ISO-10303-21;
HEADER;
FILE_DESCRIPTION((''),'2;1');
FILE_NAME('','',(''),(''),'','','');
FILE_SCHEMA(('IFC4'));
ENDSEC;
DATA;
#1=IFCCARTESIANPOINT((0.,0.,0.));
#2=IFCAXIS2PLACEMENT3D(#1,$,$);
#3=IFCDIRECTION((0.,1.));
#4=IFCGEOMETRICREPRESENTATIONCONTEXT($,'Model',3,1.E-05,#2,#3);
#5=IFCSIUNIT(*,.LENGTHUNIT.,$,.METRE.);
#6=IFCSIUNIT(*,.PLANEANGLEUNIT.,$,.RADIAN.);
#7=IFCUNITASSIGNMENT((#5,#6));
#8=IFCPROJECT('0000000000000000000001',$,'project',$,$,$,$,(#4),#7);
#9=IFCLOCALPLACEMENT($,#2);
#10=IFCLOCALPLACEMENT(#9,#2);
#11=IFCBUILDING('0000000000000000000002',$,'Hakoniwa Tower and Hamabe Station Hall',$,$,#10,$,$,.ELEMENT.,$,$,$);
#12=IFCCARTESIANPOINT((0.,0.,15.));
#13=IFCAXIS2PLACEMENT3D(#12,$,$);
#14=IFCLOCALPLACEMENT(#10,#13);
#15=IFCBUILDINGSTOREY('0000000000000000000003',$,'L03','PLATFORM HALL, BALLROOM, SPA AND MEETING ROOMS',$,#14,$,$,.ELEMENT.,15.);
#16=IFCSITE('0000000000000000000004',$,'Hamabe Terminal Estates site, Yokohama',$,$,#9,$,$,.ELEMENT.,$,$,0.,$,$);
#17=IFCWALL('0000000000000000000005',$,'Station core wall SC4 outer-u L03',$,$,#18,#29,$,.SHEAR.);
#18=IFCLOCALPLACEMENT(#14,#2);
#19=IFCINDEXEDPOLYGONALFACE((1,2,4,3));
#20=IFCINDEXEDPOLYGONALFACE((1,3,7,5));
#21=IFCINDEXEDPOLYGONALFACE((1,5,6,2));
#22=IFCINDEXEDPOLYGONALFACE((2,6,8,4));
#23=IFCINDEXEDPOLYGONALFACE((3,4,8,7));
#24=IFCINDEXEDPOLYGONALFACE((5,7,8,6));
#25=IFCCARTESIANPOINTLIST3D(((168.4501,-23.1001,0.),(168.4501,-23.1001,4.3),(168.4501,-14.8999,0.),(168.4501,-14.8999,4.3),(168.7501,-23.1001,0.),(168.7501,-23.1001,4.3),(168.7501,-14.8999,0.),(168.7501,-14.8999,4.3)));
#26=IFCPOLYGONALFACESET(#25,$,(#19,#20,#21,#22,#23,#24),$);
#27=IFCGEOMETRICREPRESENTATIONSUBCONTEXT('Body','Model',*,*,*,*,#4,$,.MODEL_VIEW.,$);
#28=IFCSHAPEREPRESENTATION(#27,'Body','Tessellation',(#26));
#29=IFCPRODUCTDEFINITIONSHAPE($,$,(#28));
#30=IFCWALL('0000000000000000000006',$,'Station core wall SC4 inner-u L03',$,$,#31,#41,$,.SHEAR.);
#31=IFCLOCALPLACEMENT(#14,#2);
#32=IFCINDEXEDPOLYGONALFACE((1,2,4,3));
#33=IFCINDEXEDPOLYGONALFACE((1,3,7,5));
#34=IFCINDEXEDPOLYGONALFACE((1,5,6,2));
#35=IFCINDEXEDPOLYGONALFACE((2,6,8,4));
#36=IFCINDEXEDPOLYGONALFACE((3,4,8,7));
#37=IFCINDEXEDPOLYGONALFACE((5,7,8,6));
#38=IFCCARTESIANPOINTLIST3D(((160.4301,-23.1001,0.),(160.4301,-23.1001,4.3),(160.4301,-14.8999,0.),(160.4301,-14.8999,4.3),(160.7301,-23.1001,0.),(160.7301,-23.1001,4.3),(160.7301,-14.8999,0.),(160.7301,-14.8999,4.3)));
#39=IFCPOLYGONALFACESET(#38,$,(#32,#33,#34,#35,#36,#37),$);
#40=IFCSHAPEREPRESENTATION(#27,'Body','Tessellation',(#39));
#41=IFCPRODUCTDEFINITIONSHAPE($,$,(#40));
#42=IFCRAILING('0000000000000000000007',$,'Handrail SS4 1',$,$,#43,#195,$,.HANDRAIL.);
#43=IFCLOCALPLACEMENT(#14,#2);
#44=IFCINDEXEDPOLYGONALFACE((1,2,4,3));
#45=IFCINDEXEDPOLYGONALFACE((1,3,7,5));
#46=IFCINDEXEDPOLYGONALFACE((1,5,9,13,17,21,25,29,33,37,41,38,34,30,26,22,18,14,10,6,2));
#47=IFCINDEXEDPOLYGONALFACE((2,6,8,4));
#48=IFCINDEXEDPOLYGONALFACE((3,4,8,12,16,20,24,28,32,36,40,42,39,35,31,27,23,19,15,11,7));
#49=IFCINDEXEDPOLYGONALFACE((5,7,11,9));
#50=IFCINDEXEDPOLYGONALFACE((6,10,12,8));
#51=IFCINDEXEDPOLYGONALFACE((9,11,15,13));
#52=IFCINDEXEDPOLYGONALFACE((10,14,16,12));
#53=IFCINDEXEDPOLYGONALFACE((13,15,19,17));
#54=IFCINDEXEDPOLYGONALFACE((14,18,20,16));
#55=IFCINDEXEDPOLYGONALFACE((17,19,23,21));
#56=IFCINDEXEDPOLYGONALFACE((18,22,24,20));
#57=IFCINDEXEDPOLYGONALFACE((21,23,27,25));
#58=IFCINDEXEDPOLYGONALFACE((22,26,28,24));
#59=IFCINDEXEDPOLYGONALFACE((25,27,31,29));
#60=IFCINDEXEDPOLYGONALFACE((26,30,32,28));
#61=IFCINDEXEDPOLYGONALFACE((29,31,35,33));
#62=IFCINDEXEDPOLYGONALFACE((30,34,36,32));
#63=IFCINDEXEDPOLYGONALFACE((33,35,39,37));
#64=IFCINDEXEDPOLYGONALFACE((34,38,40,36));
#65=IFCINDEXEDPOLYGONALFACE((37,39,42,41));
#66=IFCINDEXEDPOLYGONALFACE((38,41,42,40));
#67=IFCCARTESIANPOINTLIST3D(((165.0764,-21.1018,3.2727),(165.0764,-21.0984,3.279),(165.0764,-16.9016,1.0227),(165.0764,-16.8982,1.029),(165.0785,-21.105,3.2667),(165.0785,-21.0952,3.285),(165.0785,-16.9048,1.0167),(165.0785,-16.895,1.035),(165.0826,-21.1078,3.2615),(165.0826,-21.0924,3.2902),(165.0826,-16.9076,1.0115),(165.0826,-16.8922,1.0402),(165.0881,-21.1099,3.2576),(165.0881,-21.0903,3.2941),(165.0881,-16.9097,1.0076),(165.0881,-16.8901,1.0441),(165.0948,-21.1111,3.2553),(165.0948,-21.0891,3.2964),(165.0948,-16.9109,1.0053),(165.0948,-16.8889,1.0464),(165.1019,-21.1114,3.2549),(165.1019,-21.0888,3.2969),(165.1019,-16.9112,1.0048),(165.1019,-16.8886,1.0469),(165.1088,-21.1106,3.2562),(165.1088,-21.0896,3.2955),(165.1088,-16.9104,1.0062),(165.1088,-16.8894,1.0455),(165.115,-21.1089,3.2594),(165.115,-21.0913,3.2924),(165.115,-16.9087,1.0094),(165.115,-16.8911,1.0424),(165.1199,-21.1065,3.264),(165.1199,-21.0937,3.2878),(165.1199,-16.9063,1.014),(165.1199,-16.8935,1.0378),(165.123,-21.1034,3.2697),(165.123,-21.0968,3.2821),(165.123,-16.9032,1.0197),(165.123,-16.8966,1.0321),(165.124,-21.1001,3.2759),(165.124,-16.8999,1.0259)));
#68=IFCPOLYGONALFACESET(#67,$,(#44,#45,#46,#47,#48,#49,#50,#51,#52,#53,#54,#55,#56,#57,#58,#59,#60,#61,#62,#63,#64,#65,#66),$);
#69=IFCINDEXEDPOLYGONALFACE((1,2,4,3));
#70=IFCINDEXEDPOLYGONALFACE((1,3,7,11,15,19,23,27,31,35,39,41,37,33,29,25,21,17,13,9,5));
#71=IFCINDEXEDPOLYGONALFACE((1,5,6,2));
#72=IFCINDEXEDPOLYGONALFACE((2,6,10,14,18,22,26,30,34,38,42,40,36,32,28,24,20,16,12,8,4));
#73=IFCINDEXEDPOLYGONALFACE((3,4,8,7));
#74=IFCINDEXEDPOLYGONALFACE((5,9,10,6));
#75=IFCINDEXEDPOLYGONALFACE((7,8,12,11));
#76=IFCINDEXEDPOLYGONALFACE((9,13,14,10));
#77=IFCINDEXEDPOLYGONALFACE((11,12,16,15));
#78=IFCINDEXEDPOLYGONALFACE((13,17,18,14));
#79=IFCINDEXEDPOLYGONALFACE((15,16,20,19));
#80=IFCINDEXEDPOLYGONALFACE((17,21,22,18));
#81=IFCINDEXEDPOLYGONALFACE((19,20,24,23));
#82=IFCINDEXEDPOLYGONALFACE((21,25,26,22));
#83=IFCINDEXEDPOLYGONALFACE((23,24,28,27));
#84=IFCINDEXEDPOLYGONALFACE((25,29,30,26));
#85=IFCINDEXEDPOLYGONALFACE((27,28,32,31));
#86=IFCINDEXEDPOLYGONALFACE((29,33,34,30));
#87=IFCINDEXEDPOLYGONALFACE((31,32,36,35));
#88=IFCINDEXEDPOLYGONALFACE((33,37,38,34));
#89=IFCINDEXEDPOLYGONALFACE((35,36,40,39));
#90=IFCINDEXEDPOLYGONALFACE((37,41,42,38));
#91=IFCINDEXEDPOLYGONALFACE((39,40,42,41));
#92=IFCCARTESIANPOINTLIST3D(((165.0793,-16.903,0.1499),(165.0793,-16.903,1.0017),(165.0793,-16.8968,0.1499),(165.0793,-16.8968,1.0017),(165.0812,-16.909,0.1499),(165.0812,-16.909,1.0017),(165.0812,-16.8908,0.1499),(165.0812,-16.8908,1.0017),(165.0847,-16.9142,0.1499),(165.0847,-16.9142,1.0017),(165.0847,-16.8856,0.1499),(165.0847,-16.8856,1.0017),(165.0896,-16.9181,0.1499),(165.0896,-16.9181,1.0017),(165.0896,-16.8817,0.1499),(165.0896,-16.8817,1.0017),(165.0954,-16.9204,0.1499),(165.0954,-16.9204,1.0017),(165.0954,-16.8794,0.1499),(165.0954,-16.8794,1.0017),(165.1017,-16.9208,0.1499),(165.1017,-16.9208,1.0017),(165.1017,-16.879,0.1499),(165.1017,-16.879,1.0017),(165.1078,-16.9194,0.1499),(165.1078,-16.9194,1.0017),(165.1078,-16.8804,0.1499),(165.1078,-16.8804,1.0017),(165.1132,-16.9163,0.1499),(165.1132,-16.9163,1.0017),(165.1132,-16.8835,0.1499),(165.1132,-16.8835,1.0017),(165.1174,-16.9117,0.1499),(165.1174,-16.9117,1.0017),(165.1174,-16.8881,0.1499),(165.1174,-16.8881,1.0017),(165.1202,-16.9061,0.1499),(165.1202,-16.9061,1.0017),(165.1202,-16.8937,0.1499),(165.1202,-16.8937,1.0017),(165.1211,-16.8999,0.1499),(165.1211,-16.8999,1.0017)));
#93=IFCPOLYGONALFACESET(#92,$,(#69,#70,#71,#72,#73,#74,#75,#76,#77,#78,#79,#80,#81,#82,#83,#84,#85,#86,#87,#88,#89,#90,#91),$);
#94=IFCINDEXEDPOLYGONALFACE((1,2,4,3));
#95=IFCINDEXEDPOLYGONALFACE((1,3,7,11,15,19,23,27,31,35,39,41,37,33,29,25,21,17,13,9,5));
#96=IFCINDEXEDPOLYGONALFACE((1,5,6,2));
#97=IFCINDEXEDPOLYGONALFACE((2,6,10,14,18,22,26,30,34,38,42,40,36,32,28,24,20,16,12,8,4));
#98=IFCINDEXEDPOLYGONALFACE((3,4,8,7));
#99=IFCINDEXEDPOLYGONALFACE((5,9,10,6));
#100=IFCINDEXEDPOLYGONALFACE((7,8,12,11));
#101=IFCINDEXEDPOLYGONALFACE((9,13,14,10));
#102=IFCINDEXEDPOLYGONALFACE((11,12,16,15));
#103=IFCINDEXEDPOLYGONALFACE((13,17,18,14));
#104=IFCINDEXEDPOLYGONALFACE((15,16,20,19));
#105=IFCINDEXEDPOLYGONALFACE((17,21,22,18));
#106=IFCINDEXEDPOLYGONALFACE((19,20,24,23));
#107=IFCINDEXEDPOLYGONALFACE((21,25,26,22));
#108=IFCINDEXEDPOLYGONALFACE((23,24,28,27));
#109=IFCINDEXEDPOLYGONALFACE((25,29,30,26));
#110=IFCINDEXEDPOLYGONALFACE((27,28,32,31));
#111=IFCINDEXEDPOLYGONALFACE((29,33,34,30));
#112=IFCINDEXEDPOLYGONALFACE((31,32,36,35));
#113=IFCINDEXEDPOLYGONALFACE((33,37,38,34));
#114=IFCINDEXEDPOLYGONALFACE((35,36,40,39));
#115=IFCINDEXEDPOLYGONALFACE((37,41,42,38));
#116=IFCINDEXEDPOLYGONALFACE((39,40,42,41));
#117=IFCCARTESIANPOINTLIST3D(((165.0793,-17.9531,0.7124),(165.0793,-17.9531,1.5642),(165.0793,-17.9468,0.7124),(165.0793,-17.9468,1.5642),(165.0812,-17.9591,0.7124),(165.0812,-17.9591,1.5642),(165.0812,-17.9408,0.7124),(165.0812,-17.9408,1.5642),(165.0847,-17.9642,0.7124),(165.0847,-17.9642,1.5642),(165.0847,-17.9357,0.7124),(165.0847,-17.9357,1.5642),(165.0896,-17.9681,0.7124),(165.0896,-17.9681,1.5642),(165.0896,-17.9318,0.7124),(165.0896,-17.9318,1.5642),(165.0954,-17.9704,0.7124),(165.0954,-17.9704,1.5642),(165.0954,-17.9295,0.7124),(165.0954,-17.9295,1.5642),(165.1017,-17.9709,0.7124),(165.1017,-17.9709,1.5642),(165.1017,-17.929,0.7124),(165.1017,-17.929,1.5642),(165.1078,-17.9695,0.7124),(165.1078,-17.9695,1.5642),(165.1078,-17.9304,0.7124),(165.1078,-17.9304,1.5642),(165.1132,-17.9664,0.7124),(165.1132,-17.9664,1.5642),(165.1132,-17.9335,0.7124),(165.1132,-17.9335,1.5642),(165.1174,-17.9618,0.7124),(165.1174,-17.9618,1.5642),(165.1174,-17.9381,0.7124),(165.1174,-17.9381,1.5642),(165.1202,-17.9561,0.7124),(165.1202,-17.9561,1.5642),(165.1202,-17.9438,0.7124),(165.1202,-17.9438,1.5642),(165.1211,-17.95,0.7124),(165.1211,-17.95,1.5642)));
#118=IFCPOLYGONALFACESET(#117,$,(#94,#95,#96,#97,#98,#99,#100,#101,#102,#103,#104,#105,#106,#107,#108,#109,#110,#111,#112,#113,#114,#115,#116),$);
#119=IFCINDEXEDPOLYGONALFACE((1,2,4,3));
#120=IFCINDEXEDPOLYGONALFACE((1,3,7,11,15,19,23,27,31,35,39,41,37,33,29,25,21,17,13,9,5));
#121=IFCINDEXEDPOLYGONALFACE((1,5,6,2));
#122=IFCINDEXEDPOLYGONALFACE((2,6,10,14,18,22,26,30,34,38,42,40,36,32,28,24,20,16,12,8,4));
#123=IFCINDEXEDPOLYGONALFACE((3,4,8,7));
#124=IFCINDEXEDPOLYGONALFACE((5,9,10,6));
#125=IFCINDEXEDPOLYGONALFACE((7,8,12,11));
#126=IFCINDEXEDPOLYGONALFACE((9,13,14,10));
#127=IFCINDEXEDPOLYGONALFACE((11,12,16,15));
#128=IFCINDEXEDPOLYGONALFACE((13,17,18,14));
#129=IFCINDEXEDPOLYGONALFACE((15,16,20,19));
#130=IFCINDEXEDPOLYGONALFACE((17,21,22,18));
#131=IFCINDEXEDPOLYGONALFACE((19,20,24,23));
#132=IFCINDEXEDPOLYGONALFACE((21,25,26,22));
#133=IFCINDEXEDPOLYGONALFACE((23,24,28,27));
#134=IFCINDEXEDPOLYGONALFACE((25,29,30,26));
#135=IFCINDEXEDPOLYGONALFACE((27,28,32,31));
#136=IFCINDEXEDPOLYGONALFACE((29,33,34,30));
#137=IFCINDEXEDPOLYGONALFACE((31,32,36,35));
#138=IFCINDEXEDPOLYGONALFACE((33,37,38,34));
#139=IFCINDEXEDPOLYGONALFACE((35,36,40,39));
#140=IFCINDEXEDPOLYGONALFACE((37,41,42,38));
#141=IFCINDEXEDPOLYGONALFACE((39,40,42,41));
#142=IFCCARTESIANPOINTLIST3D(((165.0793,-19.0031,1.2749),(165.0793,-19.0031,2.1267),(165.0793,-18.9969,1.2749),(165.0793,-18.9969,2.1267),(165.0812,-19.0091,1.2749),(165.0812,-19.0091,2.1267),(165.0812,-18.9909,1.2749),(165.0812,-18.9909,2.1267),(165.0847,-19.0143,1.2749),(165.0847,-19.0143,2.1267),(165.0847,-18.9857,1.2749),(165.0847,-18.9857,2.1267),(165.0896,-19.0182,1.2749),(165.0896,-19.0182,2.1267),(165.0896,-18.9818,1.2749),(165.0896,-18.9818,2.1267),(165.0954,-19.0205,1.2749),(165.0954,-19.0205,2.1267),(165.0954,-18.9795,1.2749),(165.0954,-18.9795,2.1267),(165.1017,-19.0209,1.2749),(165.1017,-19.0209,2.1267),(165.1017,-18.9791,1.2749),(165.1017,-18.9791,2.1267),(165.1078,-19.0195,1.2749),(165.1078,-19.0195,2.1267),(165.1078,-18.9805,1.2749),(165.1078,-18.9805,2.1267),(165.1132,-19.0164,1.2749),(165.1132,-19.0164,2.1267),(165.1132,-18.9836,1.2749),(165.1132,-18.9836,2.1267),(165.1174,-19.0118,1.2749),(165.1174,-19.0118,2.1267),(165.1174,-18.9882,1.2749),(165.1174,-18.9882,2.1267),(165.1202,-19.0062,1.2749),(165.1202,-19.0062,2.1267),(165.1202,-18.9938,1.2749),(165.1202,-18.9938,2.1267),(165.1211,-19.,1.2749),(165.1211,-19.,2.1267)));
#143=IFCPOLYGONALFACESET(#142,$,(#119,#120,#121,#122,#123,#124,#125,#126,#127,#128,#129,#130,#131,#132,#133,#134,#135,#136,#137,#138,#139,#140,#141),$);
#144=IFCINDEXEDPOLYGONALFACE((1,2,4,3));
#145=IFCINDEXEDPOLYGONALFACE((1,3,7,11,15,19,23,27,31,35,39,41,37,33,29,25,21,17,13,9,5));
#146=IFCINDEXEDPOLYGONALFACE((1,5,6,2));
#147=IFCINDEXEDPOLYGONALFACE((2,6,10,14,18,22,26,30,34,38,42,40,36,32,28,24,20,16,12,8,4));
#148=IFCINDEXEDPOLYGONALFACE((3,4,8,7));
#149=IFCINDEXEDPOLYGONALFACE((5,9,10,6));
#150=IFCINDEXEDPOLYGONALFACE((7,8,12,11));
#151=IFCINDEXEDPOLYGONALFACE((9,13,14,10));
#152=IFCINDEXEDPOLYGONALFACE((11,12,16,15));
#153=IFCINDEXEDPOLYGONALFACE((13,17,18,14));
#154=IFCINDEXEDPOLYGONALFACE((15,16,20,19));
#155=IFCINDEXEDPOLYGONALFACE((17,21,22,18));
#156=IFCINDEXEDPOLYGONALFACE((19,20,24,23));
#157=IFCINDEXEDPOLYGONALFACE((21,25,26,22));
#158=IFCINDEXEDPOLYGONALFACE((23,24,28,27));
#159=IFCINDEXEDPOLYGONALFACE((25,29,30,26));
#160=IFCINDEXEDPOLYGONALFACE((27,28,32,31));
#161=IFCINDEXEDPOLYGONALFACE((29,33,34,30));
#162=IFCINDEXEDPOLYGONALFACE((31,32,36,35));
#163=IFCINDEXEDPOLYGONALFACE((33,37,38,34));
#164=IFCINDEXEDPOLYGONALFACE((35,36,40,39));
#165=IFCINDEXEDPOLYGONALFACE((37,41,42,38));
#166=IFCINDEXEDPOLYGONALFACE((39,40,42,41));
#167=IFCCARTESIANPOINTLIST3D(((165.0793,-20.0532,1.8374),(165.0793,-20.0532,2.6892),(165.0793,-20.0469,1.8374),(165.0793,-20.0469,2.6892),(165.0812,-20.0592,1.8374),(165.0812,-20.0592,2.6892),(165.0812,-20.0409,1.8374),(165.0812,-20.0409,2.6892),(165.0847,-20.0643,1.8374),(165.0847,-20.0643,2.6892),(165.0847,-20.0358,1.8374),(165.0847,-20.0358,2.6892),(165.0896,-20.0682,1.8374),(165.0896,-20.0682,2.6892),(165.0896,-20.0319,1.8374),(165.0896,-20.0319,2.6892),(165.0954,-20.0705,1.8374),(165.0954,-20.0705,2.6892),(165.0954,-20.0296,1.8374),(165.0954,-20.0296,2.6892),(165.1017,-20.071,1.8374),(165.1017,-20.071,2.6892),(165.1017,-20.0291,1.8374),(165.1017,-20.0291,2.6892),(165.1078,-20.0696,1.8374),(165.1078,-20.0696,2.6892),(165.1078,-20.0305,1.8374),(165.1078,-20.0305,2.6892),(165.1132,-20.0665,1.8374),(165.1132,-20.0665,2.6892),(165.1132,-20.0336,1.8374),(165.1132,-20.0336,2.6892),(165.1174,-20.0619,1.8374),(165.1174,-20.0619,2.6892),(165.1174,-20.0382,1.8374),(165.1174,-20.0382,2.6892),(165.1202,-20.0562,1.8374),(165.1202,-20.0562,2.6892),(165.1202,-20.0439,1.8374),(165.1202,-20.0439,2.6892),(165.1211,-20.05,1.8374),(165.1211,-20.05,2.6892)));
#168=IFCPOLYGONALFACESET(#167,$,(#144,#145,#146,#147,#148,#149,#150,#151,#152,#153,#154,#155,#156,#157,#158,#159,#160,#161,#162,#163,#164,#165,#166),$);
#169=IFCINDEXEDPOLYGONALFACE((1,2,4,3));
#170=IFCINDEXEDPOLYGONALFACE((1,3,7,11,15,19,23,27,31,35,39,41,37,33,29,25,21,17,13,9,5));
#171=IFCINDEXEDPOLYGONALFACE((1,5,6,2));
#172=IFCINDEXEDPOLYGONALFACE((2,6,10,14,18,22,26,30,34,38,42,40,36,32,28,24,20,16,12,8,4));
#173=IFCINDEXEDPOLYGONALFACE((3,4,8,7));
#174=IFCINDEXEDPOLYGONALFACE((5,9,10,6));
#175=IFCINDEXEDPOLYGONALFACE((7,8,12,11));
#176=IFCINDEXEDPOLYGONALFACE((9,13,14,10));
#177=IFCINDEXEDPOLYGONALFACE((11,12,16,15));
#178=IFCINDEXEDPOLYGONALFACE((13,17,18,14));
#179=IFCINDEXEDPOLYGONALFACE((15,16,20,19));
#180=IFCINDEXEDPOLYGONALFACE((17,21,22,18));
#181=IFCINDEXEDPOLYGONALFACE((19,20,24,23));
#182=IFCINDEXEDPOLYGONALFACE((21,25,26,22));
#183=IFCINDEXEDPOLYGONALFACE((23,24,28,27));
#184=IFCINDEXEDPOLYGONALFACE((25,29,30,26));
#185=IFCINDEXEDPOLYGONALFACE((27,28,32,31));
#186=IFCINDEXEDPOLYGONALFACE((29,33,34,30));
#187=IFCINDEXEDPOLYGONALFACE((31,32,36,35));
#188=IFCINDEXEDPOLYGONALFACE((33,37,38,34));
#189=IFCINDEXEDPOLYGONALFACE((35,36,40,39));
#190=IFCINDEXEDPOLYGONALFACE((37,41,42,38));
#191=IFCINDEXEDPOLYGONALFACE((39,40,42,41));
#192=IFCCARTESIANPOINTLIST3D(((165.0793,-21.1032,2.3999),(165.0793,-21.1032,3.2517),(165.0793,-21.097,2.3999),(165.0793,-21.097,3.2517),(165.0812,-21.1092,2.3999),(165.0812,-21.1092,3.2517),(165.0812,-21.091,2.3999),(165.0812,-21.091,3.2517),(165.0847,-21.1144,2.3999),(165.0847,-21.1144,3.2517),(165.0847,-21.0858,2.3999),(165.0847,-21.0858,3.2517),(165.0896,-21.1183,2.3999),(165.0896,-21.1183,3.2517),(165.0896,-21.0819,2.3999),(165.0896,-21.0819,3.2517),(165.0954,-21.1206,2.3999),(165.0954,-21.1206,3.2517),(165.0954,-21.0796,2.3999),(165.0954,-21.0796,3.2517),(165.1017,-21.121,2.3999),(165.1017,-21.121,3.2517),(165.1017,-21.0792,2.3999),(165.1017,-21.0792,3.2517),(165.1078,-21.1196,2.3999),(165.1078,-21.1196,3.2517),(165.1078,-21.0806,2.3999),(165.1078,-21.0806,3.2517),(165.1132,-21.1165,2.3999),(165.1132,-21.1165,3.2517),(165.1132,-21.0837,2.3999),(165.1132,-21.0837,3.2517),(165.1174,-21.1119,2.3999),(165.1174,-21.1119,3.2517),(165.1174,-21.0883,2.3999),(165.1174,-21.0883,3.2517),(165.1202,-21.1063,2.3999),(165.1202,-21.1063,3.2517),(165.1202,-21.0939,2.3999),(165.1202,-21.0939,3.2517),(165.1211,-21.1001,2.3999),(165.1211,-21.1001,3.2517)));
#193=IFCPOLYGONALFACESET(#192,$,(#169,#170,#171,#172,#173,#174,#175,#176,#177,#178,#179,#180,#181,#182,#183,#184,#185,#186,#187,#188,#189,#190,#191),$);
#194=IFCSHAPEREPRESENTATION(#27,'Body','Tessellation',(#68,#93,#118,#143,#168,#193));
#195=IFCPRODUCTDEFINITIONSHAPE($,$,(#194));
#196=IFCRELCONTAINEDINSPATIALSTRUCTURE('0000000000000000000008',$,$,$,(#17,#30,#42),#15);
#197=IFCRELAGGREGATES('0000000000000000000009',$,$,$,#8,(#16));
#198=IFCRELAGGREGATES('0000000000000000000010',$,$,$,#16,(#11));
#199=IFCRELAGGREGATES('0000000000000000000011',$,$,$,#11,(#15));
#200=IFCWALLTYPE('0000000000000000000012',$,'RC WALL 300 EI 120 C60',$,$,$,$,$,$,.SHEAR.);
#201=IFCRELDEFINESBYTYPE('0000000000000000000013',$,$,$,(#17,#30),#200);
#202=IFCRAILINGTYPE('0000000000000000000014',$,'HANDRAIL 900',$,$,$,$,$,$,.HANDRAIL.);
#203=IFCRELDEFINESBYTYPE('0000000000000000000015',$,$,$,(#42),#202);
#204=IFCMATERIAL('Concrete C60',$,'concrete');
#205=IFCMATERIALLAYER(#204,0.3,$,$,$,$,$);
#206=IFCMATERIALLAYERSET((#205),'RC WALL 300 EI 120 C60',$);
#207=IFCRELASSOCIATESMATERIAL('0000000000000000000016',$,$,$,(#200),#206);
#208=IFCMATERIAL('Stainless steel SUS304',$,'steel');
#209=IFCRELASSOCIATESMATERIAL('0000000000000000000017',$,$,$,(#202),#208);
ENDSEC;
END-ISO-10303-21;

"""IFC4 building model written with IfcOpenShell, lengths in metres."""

from ifc_helpers import new_model, si_unit, direction, frame, frame_2d, origin, origin_2d, place, context, subcontext, project, spatial, rectangle, circle, extrude, material, layer, layer_set, type_object, element, save


model = new_model("IFC4")

# Units and contexts
model_context = context("Model", 3, precision=1e-05, world=origin(), true_north=direction((0.0, 1.0)))
body_context = subcontext(model_context, "Body", "Model", "MODEL_VIEW")
ifc_project = project(units=[si_unit("LENGTHUNIT", "METRE"), si_unit("PLANEANGLEUNIT", "RADIAN")], contexts=[model_context])

# Site, building, storey
site_placement = place(None, origin())
site = spatial("IfcSite", under=ifc_project, at=site_placement, Name="Hamabe Terminal Estates site, Yokohama", CompositionType="ELEMENT", RefElevation=0.0)
building_placement = place(site_placement, origin())
building = spatial("IfcBuilding", under=site, at=building_placement, Name="Hakoniwa Tower and Hamabe Station Hall", CompositionType="ELEMENT")
storey_placement = place(building_placement, frame((0.0, 0.0, 15.0)))
storey = spatial("IfcBuildingStorey", under=building, at=storey_placement, Name="L03", Description="PLATFORM HALL, BALLROOM, SPA AND MEETING ROOMS", CompositionType="ELEMENT", Elevation=15.0)

# Shared definitions
ifc_material_1 = material(Name="Concrete C60", Category="concrete")
ifc_layer_1 = layer(ifc_material_1, 0.3)
ifc_layer_set_1 = layer_set([ifc_layer_1], Name="RC WALL 300 EI 120 C60")
wall_type_1 = type_object("IfcWallType", Name="RC WALL 300 EI 120 C60", PredefinedType="SHEAR", material=ifc_layer_set_1)

# Walls
for number, where, z_axis, x_axis, name in (
    (1, (168.6001, -23.1001, 0.0), (0.0, 0.0, 1.0), (0.0, 1.0, 0.0), "Station core wall SC4 outer-u L03"),
    (2, (160.5801, -23.1001, 0.0), (0.0, 0.0, 1.0), (0.0, 1.0, 0.0), "Station core wall SC4 inner-u L03"),
):
    element("IfcWall", number, at=place(storey_placement, frame(where, z_axis=z_axis, x_axis=x_axis)), inside=storey, type_object=wall_type_1, Name=name, PredefinedType="SHEAR", context=body_context, shape_type="SweptSolid", body=[
        extrude(rectangle(XDim=8.2002, YDim=0.3, at=frame_2d((4.1001, 0.0))), origin(), (0.0, 0.0, 1.0), 4.3),
    ])

# Railing
ifc_material_2 = material(Name="Stainless steel SUS304", Category="steel")
railing_type_1 = type_object("IfcRailingType", Name="HANDRAIL 900", PredefinedType="HANDRAIL", material=ifc_material_2)
for number, where, name in (
    (3, (165.1001, -16.8999, 0.1499), "Handrail SS4 1"),
):
    element("IfcRailing", number, at=place(storey_placement, frame(where)), inside=storey, type_object=railing_type_1, Name=name, PredefinedType="HANDRAIL", context=body_context, shape_type="SweptSolid", body=[
        extrude(circle(Radius=0.0239, at=origin_2d()), frame((0.0, 0.0, 0.876), z_axis=(0.0, -0.881489, 0.472204), x_axis=(1.0, 0.0, 0.0)), (0.0, 0.0, 1.0), 4.7649),
        extrude(circle(Radius=0.021, at=origin_2d()), origin(), (0.0, 0.0, 1.0), 0.8518),
        extrude(circle(Radius=0.021, at=origin_2d()), frame((0.0, -1.05, 0.5625)), (0.0, 0.0, 1.0), 0.8518),
        extrude(circle(Radius=0.021, at=origin_2d()), frame((0.0, -2.1001, 1.125)), (0.0, 0.0, 1.0), 0.8518),
        extrude(circle(Radius=0.021, at=origin_2d()), frame((0.0, -3.1501, 1.6875)), (0.0, 0.0, 1.0), 0.8518),
        extrude(circle(Radius=0.021, at=origin_2d()), frame((0.0, -4.2002, 2.25)), (0.0, 0.0, 1.0), 0.8518),
    ])

save(model, "model.ifc")
